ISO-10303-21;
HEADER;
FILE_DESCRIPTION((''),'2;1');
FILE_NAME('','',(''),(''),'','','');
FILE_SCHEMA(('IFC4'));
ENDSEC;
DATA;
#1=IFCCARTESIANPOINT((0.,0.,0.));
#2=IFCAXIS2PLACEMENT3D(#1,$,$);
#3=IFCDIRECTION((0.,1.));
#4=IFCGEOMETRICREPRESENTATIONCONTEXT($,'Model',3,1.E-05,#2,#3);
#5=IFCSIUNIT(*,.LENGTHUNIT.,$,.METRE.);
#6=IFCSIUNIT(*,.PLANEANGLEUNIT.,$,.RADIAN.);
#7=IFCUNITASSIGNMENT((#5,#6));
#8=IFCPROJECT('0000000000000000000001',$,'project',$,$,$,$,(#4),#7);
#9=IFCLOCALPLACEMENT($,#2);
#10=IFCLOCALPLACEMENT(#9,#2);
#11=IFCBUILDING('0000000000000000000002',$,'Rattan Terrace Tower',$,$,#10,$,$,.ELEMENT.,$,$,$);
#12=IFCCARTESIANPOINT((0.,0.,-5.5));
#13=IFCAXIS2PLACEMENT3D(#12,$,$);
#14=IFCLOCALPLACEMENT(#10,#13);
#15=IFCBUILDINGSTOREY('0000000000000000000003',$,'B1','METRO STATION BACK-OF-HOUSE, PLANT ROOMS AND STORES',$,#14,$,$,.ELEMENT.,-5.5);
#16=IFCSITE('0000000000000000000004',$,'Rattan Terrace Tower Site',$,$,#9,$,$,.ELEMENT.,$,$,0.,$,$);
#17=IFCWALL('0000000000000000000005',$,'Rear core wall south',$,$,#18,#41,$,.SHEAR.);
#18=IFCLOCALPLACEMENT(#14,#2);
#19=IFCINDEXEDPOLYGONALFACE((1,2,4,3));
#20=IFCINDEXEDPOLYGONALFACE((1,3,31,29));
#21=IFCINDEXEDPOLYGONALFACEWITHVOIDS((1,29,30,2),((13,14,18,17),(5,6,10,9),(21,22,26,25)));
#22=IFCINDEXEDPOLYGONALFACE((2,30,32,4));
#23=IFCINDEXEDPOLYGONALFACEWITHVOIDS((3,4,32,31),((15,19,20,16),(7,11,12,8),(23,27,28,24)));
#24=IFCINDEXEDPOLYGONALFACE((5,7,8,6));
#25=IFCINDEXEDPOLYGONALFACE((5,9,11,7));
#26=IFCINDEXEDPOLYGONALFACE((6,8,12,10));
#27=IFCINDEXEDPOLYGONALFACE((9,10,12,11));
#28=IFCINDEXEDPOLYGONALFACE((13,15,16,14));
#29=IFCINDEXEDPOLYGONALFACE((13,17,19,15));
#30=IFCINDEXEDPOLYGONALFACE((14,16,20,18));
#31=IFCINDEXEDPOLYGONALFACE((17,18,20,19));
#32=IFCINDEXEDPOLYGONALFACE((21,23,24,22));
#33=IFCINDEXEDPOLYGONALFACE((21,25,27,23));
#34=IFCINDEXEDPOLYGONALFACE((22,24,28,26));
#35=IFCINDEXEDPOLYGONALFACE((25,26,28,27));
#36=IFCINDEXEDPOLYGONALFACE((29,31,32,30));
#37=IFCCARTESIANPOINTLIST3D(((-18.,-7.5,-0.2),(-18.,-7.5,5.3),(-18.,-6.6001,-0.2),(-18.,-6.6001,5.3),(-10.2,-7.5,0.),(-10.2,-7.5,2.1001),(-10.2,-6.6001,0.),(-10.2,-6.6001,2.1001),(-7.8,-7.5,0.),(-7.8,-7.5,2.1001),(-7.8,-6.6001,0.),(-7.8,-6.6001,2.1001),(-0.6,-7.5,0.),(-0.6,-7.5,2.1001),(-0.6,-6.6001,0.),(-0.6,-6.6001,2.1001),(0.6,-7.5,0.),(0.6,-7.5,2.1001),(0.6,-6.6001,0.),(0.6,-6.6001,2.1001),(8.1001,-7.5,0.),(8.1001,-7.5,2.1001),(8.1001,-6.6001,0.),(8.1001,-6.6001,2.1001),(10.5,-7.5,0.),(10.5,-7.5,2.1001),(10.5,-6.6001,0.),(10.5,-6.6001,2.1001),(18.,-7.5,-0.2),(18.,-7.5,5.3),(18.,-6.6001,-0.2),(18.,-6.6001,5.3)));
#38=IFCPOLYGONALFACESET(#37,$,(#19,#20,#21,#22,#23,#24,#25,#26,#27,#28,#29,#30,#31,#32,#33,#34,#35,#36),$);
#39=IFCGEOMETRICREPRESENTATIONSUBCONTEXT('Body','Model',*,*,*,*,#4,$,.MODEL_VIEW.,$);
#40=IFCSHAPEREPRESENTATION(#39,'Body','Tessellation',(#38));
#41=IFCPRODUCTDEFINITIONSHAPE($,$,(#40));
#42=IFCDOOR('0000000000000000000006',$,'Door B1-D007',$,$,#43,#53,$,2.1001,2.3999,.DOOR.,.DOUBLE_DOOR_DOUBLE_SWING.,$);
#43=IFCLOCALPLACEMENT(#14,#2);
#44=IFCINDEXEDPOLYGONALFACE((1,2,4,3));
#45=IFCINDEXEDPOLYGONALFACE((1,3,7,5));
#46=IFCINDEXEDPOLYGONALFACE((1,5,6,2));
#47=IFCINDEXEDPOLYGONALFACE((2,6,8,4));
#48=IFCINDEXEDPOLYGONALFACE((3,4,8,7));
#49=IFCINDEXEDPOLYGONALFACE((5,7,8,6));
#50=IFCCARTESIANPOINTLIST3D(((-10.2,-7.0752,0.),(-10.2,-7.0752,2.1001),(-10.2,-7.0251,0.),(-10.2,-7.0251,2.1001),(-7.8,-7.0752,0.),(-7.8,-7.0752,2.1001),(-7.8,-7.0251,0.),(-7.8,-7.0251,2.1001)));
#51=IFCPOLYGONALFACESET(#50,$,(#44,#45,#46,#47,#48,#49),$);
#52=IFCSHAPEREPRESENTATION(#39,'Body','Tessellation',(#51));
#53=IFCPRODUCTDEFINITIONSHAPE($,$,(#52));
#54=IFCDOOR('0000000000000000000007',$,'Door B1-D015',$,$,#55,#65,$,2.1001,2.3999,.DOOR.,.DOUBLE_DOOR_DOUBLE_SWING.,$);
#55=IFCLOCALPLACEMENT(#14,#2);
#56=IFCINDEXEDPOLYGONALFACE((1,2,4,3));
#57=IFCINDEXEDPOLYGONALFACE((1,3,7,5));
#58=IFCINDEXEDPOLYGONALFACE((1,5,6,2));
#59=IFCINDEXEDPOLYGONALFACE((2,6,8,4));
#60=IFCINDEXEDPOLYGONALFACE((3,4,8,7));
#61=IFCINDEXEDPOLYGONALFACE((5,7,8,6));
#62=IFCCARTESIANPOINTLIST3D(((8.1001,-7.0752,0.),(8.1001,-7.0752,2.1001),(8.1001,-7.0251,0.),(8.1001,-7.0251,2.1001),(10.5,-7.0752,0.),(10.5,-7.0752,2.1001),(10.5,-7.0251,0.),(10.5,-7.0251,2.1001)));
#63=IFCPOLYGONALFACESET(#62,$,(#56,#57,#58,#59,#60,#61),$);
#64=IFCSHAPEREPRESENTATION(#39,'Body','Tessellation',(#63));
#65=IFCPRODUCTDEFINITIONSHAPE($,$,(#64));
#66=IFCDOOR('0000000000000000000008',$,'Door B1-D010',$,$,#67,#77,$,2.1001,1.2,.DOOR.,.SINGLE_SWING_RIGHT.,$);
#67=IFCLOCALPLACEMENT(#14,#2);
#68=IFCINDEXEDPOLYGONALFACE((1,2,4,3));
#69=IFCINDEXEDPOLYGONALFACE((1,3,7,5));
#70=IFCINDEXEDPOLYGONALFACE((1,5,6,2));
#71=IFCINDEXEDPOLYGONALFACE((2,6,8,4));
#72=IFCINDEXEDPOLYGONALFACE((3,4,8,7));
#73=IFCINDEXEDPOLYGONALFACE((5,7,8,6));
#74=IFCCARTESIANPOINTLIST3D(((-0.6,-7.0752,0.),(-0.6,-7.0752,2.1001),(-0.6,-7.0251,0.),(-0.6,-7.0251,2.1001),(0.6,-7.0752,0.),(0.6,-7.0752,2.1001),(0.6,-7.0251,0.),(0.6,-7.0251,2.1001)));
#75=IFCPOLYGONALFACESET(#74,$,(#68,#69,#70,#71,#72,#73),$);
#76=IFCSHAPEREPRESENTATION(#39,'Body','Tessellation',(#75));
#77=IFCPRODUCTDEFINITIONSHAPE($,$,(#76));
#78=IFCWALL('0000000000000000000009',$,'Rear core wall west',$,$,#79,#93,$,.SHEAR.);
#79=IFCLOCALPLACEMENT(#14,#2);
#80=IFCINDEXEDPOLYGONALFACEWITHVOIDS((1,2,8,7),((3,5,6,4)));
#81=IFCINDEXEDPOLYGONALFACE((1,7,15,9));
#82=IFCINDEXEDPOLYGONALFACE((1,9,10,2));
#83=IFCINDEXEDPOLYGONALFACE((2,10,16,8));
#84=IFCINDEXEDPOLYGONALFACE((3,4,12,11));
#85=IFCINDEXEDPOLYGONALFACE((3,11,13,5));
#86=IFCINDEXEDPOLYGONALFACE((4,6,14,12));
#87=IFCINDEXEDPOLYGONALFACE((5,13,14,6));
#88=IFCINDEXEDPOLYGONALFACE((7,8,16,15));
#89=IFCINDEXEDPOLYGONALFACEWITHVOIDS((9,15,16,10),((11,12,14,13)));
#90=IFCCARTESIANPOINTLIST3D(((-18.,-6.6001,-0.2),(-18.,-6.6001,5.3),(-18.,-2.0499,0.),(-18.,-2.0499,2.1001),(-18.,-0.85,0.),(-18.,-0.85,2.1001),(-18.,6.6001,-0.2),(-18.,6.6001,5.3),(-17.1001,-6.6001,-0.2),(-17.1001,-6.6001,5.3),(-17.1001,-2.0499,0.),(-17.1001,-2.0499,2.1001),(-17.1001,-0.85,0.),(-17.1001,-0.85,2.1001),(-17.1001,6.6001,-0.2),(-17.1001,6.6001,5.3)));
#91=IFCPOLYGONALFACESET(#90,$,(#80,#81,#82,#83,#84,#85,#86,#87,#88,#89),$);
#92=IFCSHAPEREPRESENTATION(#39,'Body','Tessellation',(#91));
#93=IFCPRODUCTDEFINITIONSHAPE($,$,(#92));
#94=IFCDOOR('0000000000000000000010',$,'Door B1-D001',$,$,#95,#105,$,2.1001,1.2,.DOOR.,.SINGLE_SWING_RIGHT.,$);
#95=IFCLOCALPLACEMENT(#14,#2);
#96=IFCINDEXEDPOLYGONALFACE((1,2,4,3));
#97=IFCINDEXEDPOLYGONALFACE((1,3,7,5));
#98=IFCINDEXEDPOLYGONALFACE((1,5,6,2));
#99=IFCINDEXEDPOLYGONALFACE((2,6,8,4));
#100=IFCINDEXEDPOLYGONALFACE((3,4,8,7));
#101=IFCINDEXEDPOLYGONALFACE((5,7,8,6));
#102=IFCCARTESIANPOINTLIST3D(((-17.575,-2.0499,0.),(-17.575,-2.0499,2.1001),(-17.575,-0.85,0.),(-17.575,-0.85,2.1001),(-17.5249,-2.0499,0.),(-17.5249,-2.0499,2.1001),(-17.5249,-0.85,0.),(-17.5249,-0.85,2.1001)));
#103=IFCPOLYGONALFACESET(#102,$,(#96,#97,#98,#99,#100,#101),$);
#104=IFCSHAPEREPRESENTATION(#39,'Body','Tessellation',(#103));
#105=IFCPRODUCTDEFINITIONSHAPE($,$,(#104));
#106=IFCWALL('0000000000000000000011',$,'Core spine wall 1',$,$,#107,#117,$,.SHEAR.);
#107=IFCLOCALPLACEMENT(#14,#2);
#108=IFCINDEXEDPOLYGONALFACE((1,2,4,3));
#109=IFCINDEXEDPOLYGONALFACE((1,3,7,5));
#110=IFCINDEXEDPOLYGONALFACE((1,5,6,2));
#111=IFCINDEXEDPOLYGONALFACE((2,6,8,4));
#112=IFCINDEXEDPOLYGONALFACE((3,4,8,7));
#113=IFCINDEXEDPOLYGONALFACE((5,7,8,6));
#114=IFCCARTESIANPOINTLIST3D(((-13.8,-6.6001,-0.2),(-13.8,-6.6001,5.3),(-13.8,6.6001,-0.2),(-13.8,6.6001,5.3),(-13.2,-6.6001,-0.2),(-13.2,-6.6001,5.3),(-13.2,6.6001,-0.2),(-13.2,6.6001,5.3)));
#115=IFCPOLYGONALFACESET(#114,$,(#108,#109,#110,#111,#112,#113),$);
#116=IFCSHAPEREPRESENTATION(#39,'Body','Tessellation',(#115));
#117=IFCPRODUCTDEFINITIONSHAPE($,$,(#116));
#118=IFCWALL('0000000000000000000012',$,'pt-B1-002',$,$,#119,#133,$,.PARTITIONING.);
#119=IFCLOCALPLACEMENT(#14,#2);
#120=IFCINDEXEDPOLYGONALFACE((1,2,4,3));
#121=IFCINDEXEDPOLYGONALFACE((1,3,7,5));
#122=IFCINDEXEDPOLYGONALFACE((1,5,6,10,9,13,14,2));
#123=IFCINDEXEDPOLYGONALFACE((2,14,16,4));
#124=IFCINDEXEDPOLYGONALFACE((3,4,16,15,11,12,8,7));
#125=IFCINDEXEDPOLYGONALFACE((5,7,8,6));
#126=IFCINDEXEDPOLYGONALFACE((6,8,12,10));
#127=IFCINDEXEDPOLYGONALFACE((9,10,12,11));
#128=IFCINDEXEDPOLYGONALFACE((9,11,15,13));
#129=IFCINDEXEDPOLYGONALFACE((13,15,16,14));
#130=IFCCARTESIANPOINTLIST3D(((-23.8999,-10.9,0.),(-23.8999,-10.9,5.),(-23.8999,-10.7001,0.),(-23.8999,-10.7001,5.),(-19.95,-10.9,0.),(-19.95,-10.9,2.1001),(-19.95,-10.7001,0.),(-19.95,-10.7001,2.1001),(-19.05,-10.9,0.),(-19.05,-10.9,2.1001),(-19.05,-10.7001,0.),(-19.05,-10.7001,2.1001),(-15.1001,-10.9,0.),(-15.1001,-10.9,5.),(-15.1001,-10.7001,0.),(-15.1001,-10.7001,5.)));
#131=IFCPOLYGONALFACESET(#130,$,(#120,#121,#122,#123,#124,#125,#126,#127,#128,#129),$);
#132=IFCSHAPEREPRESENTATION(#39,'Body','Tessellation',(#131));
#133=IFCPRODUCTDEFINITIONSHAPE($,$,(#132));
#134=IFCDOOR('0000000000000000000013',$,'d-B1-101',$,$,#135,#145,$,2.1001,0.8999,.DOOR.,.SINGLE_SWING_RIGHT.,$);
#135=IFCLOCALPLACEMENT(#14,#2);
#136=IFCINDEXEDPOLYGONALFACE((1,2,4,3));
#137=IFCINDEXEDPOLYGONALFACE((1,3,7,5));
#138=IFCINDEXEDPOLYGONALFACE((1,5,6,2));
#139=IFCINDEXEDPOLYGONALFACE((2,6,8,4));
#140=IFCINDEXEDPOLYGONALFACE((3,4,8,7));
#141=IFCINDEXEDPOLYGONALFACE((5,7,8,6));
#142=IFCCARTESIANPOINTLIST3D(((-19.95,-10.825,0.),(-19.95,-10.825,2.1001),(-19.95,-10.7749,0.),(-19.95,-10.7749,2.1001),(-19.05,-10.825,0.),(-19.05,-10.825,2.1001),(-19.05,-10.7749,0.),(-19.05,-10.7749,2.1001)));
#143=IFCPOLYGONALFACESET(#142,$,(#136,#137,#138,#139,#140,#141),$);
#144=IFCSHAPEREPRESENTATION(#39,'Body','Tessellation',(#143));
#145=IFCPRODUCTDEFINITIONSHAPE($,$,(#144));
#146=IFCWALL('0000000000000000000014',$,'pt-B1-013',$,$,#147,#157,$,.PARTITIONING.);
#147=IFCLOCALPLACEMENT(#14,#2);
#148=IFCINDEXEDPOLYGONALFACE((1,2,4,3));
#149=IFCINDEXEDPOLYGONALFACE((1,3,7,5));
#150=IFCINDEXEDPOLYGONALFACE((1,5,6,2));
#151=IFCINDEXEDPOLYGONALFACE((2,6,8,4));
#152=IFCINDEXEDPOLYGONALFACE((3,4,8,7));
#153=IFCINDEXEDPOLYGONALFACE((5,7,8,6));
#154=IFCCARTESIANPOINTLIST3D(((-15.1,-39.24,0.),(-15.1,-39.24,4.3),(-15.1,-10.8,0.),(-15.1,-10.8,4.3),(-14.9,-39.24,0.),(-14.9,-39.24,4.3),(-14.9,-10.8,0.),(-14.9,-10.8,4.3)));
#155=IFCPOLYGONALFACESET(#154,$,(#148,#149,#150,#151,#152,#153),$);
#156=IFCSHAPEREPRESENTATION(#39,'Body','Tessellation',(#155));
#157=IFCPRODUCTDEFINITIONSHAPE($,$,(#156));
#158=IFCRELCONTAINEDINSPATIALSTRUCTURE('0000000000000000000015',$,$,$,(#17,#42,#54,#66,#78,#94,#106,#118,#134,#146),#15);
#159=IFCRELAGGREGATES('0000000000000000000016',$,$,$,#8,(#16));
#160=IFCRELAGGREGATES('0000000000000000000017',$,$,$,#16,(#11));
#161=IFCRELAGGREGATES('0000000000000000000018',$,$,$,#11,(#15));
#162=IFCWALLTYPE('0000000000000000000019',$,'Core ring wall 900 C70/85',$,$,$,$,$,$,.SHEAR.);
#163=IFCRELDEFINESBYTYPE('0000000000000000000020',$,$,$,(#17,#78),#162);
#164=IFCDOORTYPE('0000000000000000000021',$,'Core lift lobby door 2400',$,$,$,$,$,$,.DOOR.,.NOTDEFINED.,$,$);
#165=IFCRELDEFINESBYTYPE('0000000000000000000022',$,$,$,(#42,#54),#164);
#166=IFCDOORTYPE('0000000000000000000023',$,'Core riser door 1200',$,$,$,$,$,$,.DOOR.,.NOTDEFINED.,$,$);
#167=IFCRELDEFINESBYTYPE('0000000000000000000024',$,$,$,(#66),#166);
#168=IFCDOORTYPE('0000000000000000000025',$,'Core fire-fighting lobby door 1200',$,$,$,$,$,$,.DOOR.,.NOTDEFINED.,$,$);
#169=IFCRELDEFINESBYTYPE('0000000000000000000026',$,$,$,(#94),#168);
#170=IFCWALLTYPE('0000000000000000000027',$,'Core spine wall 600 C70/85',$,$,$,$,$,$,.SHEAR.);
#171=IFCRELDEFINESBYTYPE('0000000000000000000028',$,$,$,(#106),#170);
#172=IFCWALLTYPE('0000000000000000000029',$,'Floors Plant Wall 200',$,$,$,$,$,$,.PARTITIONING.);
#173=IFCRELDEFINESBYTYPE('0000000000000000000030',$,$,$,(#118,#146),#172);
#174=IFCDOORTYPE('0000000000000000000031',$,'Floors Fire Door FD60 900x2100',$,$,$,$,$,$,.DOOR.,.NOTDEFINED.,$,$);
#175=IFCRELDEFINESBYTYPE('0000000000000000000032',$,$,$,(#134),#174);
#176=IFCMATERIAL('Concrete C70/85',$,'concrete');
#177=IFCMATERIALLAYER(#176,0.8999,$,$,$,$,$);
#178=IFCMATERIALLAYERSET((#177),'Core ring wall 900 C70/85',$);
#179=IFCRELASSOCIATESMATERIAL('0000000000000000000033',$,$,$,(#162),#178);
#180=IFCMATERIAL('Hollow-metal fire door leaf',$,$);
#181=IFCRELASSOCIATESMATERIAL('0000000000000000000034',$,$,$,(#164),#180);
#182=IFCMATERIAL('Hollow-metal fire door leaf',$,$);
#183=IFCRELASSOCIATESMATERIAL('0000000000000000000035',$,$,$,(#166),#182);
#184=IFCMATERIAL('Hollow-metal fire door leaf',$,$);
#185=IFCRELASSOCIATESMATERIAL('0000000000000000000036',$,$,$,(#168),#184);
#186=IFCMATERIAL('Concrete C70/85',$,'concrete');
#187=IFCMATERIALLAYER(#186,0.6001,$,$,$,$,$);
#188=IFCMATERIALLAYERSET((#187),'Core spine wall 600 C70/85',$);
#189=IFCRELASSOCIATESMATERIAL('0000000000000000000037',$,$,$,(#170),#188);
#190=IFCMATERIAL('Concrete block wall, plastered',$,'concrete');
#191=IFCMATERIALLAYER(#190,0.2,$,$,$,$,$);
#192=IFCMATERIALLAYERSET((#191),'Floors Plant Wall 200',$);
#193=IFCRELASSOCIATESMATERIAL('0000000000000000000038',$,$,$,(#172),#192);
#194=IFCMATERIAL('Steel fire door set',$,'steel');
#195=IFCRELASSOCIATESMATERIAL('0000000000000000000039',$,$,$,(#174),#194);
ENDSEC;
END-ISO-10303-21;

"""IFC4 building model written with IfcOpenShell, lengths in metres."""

from ifc_helpers import new_model, si_unit, direction, frame, frame_2d, origin, place, context, subcontext, project, spatial, rectangle, extrude, material, layer, layer_set, type_object, element, fill, save


model = new_model("IFC4")

# Units and contexts
model_context = context("Model", 3, precision=1e-05, world=origin(), true_north=direction((0.0, 1.0)))
body_context = subcontext(model_context, "Body", "Model", "MODEL_VIEW")
ifc_project = project(units=[si_unit("LENGTHUNIT", "METRE"), si_unit("PLANEANGLEUNIT", "RADIAN")], contexts=[model_context])

# Site, building, storey
site_placement = place(None, origin())
site = spatial("IfcSite", under=ifc_project, at=site_placement, Name="Rattan Terrace Tower Site", CompositionType="ELEMENT", RefElevation=0.0)
building_placement = place(site_placement, origin())
building = spatial("IfcBuilding", under=site, at=building_placement, Name="Rattan Terrace Tower", CompositionType="ELEMENT")
storey_placement = place(building_placement, frame((0.0, 0.0, -5.5)))
storey = spatial("IfcBuildingStorey", under=building, at=storey_placement, Name="B1", Description="METRO STATION BACK-OF-HOUSE, PLANT ROOMS AND STORES", CompositionType="ELEMENT", Elevation=-5.5)

# Wall, openings, doors
ifc_material_1 = material(Name="Concrete C70/85", Category="concrete")
ifc_layer_1 = layer(ifc_material_1, 0.8999)
ifc_layer_set_1 = layer_set([ifc_layer_1], Name="Core ring wall 900 C70/85")
wall_type_1 = type_object("IfcWallType", Name="Core ring wall 900 C70/85", PredefinedType="SHEAR", material=ifc_layer_set_1)
wall_1_placement = place(storey_placement, frame((-18.0, -7.05, -0.2), z_axis=(0.0, 0.0, 1.0), x_axis=(1.0, 0.0, 0.0)))
wall_1 = element("IfcWall", 1, at=wall_1_placement, inside=storey, type_object=wall_type_1, Name="Rear core wall south", PredefinedType="SHEAR", context=body_context, shape_type="SweptSolid", body=[
    extrude(rectangle(XDim=36.0, YDim=0.8999, at=frame_2d((18.0, 0.0))), origin(), (0.0, 0.0, 1.0), 5.5),
])
opening_1_placement = place(wall_1_placement, frame((7.8, 0.0, 0.2)))
opening_1 = element("IfcOpeningElement", 2, at=opening_1_placement, cuts=wall_1, PredefinedType="OPENING", context=body_context, shape_type="SweptSolid", body=[
    extrude(rectangle(XDim=2.3999, YDim=2.1001, at=frame_2d((1.2, 1.05))), frame((0.0, 0.4604, 0.0), z_axis=(0.0, -1.0, 0.0), x_axis=(1.0, 0.0, 0.0)), (0.0, 0.0, 1.0), 0.9209),
])
opening_2_placement = place(wall_1_placement, frame((17.3999, 0.0, 0.2)))
opening_2 = element("IfcOpeningElement", 3, at=opening_2_placement, cuts=wall_1, PredefinedType="OPENING", context=body_context, shape_type="SweptSolid", body=[
    extrude(rectangle(XDim=1.2, YDim=2.1001, at=frame_2d((0.6001, 1.05))), frame((0.0, 0.4604, 0.0), z_axis=(0.0, -1.0, 0.0), x_axis=(1.0, 0.0, 0.0)), (0.0, 0.0, 1.0), 0.9209),
])
opening_3_placement = place(wall_1_placement, frame((26.1001, 0.0, 0.2)))
opening_3 = element("IfcOpeningElement", 4, at=opening_3_placement, cuts=wall_1, PredefinedType="OPENING", context=body_context, shape_type="SweptSolid", body=[
    extrude(rectangle(XDim=2.3999, YDim=2.1001, at=frame_2d((1.2, 1.05))), frame((0.0, 0.4604, 0.0), z_axis=(0.0, -1.0, 0.0), x_axis=(1.0, 0.0, 0.0)), (0.0, 0.0, 1.0), 0.9209),
])
ifc_material_2 = material(Name="Hollow-metal fire door leaf")
door_type_1 = type_object("IfcDoorType", Name="Core lift lobby door 2400", OperationType="NOTDEFINED", PredefinedType="DOOR", material=ifc_material_2)
door_1_placement = place(opening_1_placement, origin())
door_1 = element("IfcDoor", 5, at=door_1_placement, inside=storey, type_object=door_type_1, Name="Door B1-D007", OperationType="DOUBLE_DOOR_DOUBLE_SWING", OverallHeight=2.1001, OverallWidth=2.3999, PredefinedType="DOOR", context=body_context, shape_type="SweptSolid", body=[
    extrude(rectangle(XDim=2.3999, YDim=2.1001, at=frame_2d((1.2, 1.05))), frame((0.0, 0.0249, 0.0), z_axis=(0.0, -1.0, 0.0), x_axis=(1.0, 0.0, 0.0)), (0.0, 0.0, 1.0), 0.05),
])
fill(opening_1, door_1)
door_2_placement = place(opening_3_placement, origin())
door_2 = element("IfcDoor", 6, at=door_2_placement, inside=storey, type_object=door_type_1, Name="Door B1-D015", OperationType="DOUBLE_DOOR_DOUBLE_SWING", OverallHeight=2.1001, OverallWidth=2.3999, PredefinedType="DOOR", context=body_context, shape_type="SweptSolid", body=[
    extrude(rectangle(XDim=2.3999, YDim=2.1001, at=frame_2d((1.2, 1.05))), frame((0.0, 0.0249, 0.0), z_axis=(0.0, -1.0, 0.0), x_axis=(1.0, 0.0, 0.0)), (0.0, 0.0, 1.0), 0.05),
])
fill(opening_3, door_2)
ifc_material_3 = material(Name="Hollow-metal fire door leaf")
door_type_2 = type_object("IfcDoorType", Name="Core riser door 1200", OperationType="NOTDEFINED", PredefinedType="DOOR", material=ifc_material_3)
door_3_placement = place(opening_2_placement, origin())
door_3 = element("IfcDoor", 7, at=door_3_placement, inside=storey, type_object=door_type_2, Name="Door B1-D010", OperationType="SINGLE_SWING_RIGHT", OverallHeight=2.1001, OverallWidth=1.2, PredefinedType="DOOR", context=body_context, shape_type="SweptSolid", body=[
    extrude(rectangle(XDim=1.2, YDim=2.1001, at=frame_2d((0.6001, 1.05))), frame((0.0, 0.0249, 0.0), z_axis=(0.0, -1.0, 0.0), x_axis=(1.0, 0.0, 0.0)), (0.0, 0.0, 1.0), 0.05),
])
fill(opening_2, door_3)

# Wall, opening, door
wall_2_placement = place(storey_placement, frame((-17.55, -6.6001, -0.2), z_axis=(0.0, 0.0, 1.0), x_axis=(0.0, 1.0, 0.0)))
wall_2 = element("IfcWall", 8, at=wall_2_placement, inside=storey, type_object=wall_type_1, Name="Rear core wall west", PredefinedType="SHEAR", context=body_context, shape_type="SweptSolid", body=[
    extrude(rectangle(XDim=13.2002, YDim=0.8999, at=frame_2d((6.6001, 0.0))), origin(), (0.0, 0.0, 1.0), 5.5),
])
opening_4_placement = place(wall_2_placement, frame((4.55, 0.0, 0.2)))
opening_4 = element("IfcOpeningElement", 9, at=opening_4_placement, cuts=wall_2, PredefinedType="OPENING", context=body_context, shape_type="SweptSolid", body=[
    extrude(rectangle(XDim=1.2, YDim=2.1001, at=frame_2d((0.6001, 1.05))), frame((0.0, 0.4604, 0.0), z_axis=(0.0, -1.0, 0.0), x_axis=(1.0, 0.0, 0.0)), (0.0, 0.0, 1.0), 0.9209),
])
ifc_material_4 = material(Name="Hollow-metal fire door leaf")
door_type_3 = type_object("IfcDoorType", Name="Core fire-fighting lobby door 1200", OperationType="NOTDEFINED", PredefinedType="DOOR", material=ifc_material_4)
door_4_placement = place(opening_4_placement, origin())
door_4 = element("IfcDoor", 10, at=door_4_placement, inside=storey, type_object=door_type_3, Name="Door B1-D001", OperationType="SINGLE_SWING_RIGHT", OverallHeight=2.1001, OverallWidth=1.2, PredefinedType="DOOR", context=body_context, shape_type="SweptSolid", body=[
    extrude(rectangle(XDim=1.2, YDim=2.1001, at=frame_2d((0.6001, 1.05))), frame((0.0, 0.0249, 0.0), z_axis=(0.0, -1.0, 0.0), x_axis=(1.0, 0.0, 0.0)), (0.0, 0.0, 1.0), 0.05),
])
fill(opening_4, door_4)

# Wall
ifc_material_5 = material(Name="Concrete C70/85", Category="concrete")
ifc_layer_2 = layer(ifc_material_5, 0.6001)
ifc_layer_set_2 = layer_set([ifc_layer_2], Name="Core spine wall 600 C70/85")
wall_type_2 = type_object("IfcWallType", Name="Core spine wall 600 C70/85", PredefinedType="SHEAR", material=ifc_layer_set_2)
wall_3_placement = place(storey_placement, frame((-13.5, -6.6001, -0.2), z_axis=(0.0, 0.0, 1.0), x_axis=(0.0, 1.0, 0.0)))
element("IfcWall", 11, at=wall_3_placement, inside=storey, type_object=wall_type_2, Name="Core spine wall 1", PredefinedType="SHEAR", context=body_context, shape_type="SweptSolid", body=[
    extrude(rectangle(XDim=13.2002, YDim=0.6001, at=frame_2d((6.6001, 0.0))), origin(), (0.0, 0.0, 1.0), 5.5),
])

# Wall, opening, door
ifc_material_6 = material(Name="Concrete block wall, plastered", Category="concrete")
ifc_layer_3 = layer(ifc_material_6, 0.2)
ifc_layer_set_3 = layer_set([ifc_layer_3], Name="Floors Plant Wall 200")
wall_type_3 = type_object("IfcWallType", Name="Floors Plant Wall 200", PredefinedType="PARTITIONING", material=ifc_layer_set_3)
wall_4_placement = place(storey_placement, frame((-15.1001, -10.8, 0.0), z_axis=(0.0, 0.0, 1.0), x_axis=(-1.0, 0.0, 0.0)))
wall_4 = element("IfcWall", 12, at=wall_4_placement, inside=storey, type_object=wall_type_3, Name="pt-B1-002", PredefinedType="PARTITIONING", context=body_context, shape_type="SweptSolid", body=[
    extrude(rectangle(XDim=8.7998, YDim=0.2, at=frame_2d((4.3999, 0.0))), origin(), (0.0, 0.0, 1.0), 5.0),
])
opening_5_placement = place(wall_4_placement, frame((3.95, 0.0, 0.0)))
opening_5 = element("IfcOpeningElement", 13, at=opening_5_placement, cuts=wall_4, PredefinedType="OPENING", context=body_context, shape_type="SweptSolid", body=[
    extrude(rectangle(XDim=0.8999, YDim=2.1001, at=frame_2d((0.45, 1.05))), frame((0.0, 0.1106, 0.0), z_axis=(0.0, -1.0, 0.0), x_axis=(1.0, 0.0, 0.0)), (0.0, 0.0, 1.0), 0.2209),
])
ifc_material_7 = material(Name="Steel fire door set", Category="steel")
door_type_4 = type_object("IfcDoorType", Name="Floors Fire Door FD60 900x2100", OperationType="NOTDEFINED", PredefinedType="DOOR", material=ifc_material_7)
door_5_placement = place(opening_5_placement, origin())
door_5 = element("IfcDoor", 14, at=door_5_placement, inside=storey, type_object=door_type_4, Name="d-B1-101", OperationType="SINGLE_SWING_RIGHT", OverallHeight=2.1001, OverallWidth=0.8999, PredefinedType="DOOR", context=body_context, shape_type="SweptSolid", body=[
    extrude(rectangle(XDim=0.8999, YDim=2.1001, at=frame_2d((0.45, 1.05))), frame((0.0, 0.0249, 0.0), z_axis=(0.0, -1.0, 0.0), x_axis=(1.0, 0.0, 0.0)), (0.0, 0.0, 1.0), 0.05),
])
fill(opening_5, door_5)

# Wall
wall_5_placement = place(storey_placement, frame((-15.0, -10.8, 0.0), z_axis=(0.0, 0.0, 1.0), x_axis=(0.0, -1.0, 0.0)))
element("IfcWall", 15, at=wall_5_placement, inside=storey, type_object=wall_type_3, Name="pt-B1-013", PredefinedType="PARTITIONING", context=body_context, shape_type="SweptSolid", body=[
    extrude(rectangle(XDim=28.4399, YDim=0.2, at=frame_2d((14.22, 0.0))), origin(), (0.0, 0.0, 1.0), 4.3),
])

save(model, "model.ifc")
